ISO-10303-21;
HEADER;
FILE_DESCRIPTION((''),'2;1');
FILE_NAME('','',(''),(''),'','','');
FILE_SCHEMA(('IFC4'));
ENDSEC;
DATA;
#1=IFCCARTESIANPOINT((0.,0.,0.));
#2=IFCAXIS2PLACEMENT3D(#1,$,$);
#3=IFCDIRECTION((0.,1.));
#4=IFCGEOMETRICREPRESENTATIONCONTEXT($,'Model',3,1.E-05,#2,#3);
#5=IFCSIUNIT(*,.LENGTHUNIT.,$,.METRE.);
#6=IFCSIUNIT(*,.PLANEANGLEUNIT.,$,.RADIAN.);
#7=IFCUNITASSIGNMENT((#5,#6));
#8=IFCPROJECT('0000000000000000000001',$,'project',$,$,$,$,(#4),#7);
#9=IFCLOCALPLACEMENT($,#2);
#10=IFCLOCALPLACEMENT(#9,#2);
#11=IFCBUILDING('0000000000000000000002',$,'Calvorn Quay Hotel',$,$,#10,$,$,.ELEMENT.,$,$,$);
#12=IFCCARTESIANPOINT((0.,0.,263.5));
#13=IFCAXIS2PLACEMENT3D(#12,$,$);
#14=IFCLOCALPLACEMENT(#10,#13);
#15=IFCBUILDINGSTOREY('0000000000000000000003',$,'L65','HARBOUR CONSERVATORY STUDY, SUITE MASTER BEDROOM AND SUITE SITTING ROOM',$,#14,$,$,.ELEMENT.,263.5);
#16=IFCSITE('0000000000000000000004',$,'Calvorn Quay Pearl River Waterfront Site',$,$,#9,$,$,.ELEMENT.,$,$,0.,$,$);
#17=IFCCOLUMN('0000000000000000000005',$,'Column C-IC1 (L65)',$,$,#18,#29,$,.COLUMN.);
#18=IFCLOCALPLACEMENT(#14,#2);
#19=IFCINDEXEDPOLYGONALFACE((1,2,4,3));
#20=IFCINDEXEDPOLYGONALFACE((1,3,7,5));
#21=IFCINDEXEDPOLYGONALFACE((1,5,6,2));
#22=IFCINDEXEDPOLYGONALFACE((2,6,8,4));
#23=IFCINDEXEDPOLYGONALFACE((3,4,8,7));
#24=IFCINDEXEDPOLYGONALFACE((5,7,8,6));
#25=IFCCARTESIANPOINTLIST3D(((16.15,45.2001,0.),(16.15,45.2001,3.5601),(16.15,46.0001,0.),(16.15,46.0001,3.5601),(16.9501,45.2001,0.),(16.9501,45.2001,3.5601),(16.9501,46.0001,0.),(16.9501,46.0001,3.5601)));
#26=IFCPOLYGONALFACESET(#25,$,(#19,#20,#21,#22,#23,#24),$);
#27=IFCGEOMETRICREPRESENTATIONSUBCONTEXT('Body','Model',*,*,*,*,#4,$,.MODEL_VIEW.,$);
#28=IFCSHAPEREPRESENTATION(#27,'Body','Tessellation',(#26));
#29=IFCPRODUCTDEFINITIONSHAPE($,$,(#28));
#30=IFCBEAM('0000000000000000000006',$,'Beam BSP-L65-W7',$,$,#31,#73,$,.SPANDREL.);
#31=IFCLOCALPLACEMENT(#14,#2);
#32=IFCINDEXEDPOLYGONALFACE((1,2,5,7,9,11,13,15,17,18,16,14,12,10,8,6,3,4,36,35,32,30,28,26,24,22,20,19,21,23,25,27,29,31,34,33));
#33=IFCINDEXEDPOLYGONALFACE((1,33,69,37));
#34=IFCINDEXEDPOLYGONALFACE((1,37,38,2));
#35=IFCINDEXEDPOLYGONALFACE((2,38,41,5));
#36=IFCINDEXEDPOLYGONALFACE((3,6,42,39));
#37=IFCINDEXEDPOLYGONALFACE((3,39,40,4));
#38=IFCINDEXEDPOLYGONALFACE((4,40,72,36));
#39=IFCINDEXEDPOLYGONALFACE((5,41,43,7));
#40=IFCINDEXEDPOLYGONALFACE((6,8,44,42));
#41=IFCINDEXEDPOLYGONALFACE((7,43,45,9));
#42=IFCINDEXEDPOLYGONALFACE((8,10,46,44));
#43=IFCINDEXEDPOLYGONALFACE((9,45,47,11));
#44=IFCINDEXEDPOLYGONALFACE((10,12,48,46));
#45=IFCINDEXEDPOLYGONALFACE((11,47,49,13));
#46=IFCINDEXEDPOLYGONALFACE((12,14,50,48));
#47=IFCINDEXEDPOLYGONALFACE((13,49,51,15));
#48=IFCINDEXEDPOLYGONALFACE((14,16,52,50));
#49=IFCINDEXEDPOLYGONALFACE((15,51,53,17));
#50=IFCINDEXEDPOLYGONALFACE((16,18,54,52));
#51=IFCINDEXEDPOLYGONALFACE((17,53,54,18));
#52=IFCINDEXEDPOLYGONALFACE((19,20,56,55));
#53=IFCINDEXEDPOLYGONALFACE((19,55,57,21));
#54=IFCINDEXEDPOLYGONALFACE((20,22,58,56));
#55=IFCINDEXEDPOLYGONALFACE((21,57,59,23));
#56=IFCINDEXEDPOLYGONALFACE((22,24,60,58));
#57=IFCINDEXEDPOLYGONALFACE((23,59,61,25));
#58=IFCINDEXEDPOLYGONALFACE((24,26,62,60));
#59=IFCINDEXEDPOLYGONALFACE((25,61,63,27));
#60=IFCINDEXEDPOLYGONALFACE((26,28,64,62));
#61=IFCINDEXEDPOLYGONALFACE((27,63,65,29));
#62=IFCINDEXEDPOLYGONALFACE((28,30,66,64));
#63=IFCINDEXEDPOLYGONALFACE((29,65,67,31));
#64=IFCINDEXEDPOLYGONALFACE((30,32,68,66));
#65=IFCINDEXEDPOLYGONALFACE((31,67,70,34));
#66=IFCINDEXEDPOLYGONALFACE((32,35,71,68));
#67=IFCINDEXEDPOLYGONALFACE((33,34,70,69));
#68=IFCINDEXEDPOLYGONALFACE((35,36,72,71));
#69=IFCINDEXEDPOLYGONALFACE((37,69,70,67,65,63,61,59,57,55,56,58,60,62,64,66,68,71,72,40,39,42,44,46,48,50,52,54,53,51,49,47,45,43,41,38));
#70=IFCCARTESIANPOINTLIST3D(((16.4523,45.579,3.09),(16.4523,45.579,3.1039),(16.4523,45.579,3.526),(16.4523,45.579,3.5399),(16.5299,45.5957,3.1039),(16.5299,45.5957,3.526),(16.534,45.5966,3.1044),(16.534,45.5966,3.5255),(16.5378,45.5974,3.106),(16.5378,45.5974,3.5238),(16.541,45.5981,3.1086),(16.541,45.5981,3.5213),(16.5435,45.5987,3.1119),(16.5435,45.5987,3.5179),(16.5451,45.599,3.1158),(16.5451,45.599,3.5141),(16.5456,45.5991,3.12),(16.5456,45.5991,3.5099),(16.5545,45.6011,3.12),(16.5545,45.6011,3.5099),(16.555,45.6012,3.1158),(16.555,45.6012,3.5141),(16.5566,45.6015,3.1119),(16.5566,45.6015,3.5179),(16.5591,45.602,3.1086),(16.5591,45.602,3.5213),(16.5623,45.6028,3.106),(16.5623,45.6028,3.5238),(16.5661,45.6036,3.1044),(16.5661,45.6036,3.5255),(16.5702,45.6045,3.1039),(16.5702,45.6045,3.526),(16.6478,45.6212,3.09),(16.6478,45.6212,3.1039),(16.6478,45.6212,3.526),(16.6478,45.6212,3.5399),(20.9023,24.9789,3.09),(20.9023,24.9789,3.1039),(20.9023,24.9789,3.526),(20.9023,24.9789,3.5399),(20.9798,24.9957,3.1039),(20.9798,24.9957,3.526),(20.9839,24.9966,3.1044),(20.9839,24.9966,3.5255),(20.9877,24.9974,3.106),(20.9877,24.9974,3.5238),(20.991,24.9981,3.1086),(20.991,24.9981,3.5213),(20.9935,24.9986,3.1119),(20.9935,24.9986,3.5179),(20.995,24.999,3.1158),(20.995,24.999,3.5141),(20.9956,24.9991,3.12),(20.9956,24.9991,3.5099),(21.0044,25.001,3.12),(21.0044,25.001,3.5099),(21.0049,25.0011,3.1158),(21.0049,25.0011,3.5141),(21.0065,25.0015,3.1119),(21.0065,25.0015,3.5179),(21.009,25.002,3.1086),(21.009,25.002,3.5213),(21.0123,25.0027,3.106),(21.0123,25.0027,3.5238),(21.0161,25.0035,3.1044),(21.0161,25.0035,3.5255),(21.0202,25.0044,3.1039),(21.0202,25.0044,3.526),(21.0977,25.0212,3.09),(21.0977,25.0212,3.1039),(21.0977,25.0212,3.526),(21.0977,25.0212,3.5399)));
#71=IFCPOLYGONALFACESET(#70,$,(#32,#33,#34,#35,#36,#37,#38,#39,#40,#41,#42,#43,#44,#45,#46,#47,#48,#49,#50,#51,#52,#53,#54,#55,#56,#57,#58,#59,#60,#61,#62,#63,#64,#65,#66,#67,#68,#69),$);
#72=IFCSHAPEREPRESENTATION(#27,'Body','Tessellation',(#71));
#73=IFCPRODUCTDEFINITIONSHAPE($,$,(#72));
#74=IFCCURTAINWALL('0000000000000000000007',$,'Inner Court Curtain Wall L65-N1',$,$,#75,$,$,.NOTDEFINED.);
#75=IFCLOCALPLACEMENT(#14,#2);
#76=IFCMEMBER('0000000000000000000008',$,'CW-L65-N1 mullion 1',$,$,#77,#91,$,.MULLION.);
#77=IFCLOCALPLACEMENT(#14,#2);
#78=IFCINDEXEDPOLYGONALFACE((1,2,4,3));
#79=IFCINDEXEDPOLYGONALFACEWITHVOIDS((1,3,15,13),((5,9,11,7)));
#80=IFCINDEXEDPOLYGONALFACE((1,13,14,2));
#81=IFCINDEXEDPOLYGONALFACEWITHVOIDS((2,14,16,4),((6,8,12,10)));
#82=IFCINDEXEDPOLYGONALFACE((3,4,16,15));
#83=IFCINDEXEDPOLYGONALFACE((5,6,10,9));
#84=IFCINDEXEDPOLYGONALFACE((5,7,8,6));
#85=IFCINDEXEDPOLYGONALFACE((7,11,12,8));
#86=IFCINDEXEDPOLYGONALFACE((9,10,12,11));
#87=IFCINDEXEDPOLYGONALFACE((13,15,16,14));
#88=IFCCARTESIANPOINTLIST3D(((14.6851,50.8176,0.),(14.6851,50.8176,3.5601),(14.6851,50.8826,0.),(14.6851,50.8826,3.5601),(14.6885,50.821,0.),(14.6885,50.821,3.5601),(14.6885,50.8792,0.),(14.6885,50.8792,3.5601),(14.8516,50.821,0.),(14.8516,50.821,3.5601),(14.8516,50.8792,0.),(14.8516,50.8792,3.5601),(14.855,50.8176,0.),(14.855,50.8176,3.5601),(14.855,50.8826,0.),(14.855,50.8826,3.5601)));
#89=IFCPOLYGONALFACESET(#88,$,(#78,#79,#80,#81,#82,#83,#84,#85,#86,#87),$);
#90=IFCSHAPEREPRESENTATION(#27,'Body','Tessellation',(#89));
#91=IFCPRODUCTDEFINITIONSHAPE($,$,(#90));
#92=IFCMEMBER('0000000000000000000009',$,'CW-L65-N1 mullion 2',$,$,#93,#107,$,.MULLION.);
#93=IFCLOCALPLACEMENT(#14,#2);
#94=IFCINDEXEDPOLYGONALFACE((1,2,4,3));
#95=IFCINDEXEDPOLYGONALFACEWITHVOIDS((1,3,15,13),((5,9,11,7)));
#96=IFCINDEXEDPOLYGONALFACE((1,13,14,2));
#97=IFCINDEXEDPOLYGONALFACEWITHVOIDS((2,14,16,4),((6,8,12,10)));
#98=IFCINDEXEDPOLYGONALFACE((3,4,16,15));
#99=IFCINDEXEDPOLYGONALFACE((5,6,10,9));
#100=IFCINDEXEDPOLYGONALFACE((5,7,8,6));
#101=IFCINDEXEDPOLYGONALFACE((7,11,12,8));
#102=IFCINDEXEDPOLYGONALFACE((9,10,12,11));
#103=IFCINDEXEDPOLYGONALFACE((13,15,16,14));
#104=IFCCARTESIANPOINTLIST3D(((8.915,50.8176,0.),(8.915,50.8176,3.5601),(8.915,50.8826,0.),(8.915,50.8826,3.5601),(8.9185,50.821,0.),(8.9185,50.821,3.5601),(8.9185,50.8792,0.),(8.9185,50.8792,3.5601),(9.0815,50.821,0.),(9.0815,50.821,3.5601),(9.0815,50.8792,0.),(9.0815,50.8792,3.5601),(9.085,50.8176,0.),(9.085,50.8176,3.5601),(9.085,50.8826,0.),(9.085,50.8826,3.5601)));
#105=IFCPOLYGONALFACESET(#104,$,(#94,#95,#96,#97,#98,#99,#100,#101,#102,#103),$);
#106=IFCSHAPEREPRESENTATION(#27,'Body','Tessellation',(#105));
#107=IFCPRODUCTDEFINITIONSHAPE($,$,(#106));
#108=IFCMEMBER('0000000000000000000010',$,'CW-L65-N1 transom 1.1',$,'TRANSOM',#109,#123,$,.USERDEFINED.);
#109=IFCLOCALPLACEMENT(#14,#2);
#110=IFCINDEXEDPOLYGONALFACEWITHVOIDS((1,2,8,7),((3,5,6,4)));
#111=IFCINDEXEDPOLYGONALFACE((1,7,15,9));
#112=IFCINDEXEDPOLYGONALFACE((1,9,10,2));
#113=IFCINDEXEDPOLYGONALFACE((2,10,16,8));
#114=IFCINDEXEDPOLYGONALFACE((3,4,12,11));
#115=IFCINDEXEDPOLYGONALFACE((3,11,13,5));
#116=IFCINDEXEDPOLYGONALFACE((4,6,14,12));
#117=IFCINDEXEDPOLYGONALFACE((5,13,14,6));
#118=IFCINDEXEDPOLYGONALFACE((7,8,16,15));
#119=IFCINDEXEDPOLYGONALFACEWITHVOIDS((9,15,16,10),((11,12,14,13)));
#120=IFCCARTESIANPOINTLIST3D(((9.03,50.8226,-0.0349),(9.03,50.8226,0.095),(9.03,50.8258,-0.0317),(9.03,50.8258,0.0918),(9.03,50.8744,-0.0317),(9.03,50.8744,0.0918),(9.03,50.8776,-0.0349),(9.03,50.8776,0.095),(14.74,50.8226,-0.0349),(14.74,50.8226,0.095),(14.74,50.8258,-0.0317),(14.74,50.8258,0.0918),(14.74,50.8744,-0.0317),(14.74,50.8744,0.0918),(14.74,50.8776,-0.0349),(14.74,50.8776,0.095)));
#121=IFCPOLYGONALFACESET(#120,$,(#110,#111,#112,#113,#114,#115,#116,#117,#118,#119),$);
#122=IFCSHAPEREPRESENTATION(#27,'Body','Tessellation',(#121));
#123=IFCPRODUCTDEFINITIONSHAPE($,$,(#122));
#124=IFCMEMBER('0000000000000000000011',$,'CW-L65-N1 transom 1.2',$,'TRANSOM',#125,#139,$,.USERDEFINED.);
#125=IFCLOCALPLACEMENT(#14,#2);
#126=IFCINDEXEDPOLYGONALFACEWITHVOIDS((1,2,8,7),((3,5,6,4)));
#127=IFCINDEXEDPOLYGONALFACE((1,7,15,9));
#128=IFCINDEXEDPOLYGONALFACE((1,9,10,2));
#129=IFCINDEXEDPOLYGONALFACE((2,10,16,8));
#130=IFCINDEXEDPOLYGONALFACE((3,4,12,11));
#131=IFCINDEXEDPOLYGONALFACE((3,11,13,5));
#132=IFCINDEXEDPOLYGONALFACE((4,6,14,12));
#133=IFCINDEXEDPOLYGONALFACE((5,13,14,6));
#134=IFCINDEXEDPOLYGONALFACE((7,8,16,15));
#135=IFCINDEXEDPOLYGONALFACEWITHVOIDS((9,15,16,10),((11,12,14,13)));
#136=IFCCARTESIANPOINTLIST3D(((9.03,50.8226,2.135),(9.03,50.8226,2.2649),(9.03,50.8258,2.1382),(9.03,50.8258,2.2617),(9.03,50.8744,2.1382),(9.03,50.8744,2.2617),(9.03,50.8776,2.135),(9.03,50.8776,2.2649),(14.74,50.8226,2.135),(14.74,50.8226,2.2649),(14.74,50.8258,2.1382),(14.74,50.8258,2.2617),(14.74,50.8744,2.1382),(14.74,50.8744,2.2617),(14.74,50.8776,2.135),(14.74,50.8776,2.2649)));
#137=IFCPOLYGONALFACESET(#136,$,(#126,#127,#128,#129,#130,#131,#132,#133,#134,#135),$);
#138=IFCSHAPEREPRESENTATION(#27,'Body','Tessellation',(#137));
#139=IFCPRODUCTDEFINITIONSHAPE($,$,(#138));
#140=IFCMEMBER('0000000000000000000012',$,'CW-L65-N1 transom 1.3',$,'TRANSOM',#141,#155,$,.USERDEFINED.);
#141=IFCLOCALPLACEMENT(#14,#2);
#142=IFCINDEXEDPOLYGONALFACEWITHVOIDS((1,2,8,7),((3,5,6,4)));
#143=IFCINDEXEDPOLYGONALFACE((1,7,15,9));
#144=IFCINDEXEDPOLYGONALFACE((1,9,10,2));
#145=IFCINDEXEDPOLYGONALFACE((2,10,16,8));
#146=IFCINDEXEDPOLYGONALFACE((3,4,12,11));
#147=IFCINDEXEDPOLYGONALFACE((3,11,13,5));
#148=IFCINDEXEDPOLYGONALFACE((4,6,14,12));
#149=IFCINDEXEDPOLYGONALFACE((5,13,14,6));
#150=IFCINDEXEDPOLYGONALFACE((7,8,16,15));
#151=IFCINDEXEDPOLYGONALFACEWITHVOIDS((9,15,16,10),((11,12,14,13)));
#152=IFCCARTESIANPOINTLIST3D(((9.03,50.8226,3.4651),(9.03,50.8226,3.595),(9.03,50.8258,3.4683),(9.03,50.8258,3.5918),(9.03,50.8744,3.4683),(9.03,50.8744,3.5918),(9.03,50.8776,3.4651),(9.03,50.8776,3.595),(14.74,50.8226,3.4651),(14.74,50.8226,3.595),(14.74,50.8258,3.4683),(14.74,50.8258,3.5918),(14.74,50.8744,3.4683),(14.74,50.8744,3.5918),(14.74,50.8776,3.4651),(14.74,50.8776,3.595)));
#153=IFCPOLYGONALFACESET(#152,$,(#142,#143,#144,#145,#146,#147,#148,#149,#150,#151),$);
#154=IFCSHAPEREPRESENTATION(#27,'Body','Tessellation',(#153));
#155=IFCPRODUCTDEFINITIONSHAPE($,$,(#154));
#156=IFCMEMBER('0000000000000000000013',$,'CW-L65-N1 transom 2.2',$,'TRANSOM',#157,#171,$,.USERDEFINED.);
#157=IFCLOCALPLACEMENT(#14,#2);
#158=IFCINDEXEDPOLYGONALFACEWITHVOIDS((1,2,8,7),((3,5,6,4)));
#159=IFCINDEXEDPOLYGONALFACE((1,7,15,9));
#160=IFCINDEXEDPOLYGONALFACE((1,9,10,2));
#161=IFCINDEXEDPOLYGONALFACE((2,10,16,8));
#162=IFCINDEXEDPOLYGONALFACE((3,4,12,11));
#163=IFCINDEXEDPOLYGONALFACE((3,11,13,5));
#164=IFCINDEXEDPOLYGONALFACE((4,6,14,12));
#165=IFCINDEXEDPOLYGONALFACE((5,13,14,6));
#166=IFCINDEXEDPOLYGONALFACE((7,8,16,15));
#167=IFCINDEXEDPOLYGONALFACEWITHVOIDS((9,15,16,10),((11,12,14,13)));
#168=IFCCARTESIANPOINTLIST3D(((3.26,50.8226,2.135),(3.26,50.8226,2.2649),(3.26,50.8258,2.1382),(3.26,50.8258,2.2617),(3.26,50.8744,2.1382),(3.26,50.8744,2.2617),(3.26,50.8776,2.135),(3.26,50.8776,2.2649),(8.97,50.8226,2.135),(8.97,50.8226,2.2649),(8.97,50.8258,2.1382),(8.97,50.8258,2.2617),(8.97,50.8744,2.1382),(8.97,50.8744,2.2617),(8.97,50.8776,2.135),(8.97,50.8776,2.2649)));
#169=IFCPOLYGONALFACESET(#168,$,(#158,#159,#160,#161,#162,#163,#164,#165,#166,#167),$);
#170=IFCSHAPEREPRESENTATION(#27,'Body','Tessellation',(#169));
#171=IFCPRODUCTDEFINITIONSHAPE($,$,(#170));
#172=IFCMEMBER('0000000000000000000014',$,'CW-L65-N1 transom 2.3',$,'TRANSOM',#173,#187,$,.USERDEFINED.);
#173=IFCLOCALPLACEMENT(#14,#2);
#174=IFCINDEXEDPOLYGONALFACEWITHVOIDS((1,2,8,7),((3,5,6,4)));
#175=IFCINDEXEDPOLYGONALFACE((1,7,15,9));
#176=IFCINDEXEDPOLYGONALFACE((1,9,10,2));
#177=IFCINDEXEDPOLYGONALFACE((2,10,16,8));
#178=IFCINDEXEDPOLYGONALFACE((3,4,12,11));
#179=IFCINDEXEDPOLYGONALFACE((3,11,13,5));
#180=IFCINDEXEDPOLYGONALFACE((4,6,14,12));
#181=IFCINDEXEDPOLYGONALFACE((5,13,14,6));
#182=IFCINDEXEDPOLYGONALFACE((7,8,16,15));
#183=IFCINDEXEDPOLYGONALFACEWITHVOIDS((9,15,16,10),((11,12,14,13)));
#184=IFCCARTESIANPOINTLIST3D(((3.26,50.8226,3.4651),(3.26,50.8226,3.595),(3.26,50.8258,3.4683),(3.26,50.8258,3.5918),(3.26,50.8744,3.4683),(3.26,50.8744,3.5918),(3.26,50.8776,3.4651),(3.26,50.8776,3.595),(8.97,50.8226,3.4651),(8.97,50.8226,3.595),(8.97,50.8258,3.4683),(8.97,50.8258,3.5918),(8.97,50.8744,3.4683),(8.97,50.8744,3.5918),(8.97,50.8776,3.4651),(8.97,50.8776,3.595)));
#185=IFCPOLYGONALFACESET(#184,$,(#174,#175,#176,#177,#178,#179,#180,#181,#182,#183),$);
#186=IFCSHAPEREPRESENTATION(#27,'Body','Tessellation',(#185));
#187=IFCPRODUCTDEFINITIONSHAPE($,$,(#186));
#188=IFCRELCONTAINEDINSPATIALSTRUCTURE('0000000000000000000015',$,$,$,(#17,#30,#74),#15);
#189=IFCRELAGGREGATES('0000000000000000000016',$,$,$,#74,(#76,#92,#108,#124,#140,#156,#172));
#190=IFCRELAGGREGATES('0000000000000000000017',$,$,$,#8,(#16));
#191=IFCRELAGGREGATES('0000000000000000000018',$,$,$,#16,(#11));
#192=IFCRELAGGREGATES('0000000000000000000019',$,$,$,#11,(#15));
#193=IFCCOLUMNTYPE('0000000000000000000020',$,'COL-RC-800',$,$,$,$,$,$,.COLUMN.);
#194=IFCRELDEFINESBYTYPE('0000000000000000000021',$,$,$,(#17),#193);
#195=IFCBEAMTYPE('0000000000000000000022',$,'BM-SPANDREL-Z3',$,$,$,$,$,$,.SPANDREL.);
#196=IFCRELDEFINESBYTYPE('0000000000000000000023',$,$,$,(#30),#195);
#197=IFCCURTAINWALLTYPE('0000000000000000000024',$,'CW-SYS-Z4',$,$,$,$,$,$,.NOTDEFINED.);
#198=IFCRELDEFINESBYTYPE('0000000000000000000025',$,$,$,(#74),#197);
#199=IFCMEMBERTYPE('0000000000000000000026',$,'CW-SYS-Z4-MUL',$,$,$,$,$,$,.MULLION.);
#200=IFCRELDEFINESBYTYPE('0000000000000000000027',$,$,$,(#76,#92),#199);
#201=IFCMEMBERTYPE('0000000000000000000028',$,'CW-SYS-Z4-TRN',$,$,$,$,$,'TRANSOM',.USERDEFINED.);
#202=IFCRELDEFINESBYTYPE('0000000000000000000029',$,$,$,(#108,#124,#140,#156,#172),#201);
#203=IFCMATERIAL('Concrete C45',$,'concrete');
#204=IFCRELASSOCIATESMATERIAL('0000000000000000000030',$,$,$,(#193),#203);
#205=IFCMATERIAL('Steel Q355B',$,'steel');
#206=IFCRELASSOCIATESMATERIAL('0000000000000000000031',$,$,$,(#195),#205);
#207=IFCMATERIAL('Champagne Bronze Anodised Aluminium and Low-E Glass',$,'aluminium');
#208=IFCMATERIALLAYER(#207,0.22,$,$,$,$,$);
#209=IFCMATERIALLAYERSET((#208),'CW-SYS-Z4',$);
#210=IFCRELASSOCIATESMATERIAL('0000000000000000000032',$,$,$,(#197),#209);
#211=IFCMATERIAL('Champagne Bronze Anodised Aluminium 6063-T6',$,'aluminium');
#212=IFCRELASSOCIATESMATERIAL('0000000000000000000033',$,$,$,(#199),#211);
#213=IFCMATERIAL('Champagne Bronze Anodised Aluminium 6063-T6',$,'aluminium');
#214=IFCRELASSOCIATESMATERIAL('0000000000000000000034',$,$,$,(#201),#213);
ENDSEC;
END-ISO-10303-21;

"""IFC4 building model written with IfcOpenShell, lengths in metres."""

from ifc_helpers import new_model, si_unit, direction, frame, origin, origin_2d, place, context, subcontext, project, spatial, rectangle, hollow_rectangle, i_section, extrude, material, layer, layer_set, material_profile, profile_set, type_object, element, aggregate, save


model = new_model("IFC4")

# Units and contexts
model_context = context("Model", 3, precision=1e-05, world=origin(), true_north=direction((0.0, 1.0)))
body_context = subcontext(model_context, "Body", "Model", "MODEL_VIEW")
ifc_project = project(units=[si_unit("LENGTHUNIT", "METRE"), si_unit("PLANEANGLEUNIT", "RADIAN")], contexts=[model_context])

# Site, building, storey
site_placement = place(None, origin())
site = spatial("IfcSite", under=ifc_project, at=site_placement, Name="Calvorn Quay Pearl River Waterfront Site", CompositionType="ELEMENT", RefElevation=0.0)
building_placement = place(site_placement, origin())
building = spatial("IfcBuilding", under=site, at=building_placement, Name="Calvorn Quay Hotel", CompositionType="ELEMENT")
storey_placement = place(building_placement, frame((0.0, 0.0, 263.5)))
storey = spatial("IfcBuildingStorey", under=building, at=storey_placement, Name="L65", Description="HARBOUR CONSERVATORY STUDY, SUITE MASTER BEDROOM AND SUITE SITTING ROOM", CompositionType="ELEMENT", Elevation=263.5)

# Column
ifc_material_1 = material(Name="Concrete C45", Category="concrete")
ifc_material_profile_1 = material_profile(ifc_material_1, rectangle(XDim=0.8, YDim=0.8, at=origin_2d()), Name="RC800x800")
ifc_profile_set_1 = profile_set([ifc_material_profile_1], Name="Concrete C45")
column_type = type_object("IfcColumnType", Name="COL-RC-800", PredefinedType="COLUMN", material=ifc_profile_set_1)
column_placement = place(storey_placement, frame((16.55, 45.6001, 0.0), z_axis=(0.0, 0.0, 1.0), x_axis=(1.0, 0.0, 0.0)))
element("IfcColumn", 1, at=column_placement, inside=storey, type_object=column_type, Name="Column C-IC1 (L65)", PredefinedType="COLUMN", context=body_context, shape_type="SweptSolid", body=[
    extrude(rectangle(XDim=0.8, YDim=0.8, at=origin_2d()), origin(), (0.0, 0.0, 1.0), 3.5601),
])

# Beam
ifc_material_2 = material(Name="Steel Q355B", Category="steel")
ifc_material_profile_2 = material_profile(ifc_material_2, i_section(OverallWidth=0.2, OverallDepth=0.45, WebThickness=0.009, FlangeThickness=0.0139, FilletRadius=0.0161, at=origin_2d()), Name="HN450x200x9x14")
ifc_profile_set_2 = profile_set([ifc_material_profile_2], Name="Steel Q355B")
beam_type = type_object("IfcBeamType", Name="BM-SPANDREL-Z3", PredefinedType="SPANDREL", material=ifc_profile_set_2)
beam_placement = place(storey_placement, frame((16.55, 45.6001, 3.3149), z_axis=(0.211146, -0.977455, 0.0), x_axis=(0.977455, 0.211146, 0.0)))
element("IfcBeam", 2, at=beam_placement, inside=storey, type_object=beam_type, Name="Beam BSP-L65-W7", PredefinedType="SPANDREL", context=body_context, shape_type="SweptSolid", body=[
    extrude(i_section(OverallWidth=0.2, OverallDepth=0.45, WebThickness=0.009, FlangeThickness=0.0139, FilletRadius=0.0161, at=origin_2d()), origin(), (0.0, 0.0, 1.0), 21.0752),
])

# Curtain wall, members
ifc_material_3 = material(Name="Champagne Bronze Anodised Aluminium and Low-E Glass", Category="aluminium")
ifc_layer_1 = layer(ifc_material_3, 0.22)
ifc_layer_set_1 = layer_set([ifc_layer_1], Name="CW-SYS-Z4")
curtain_wall_type = type_object("IfcCurtainWallType", Name="CW-SYS-Z4", PredefinedType="NOTDEFINED", material=ifc_layer_set_1)
curtain_wall_placement = place(storey_placement, origin())
curtain_wall = element("IfcCurtainWall", 3, at=curtain_wall_placement, inside=storey, type_object=curtain_wall_type, Name="Inner Court Curtain Wall L65-N1", PredefinedType="NOTDEFINED")
ifc_material_4 = material(Name="Champagne Bronze Anodised Aluminium 6063-T6", Category="aluminium")
ifc_material_profile_3 = material_profile(ifc_material_4, hollow_rectangle(XDim=0.0649, YDim=0.1699, WallThickness=0.0034, at=origin_2d()), Name="ALU-M170x65x3.5")
ifc_profile_set_3 = profile_set([ifc_material_profile_3], Name="Champagne Bronze Anodised Aluminium 6063-T6")
member_type_1 = type_object("IfcMemberType", Name="CW-SYS-Z4-MUL", PredefinedType="MULLION", material=ifc_profile_set_3)
member_1_placement = place(storey_placement, frame((14.77, 50.8501, 0.0), z_axis=(0.0, 0.0, 1.0), x_axis=(0.0, -1.0, 0.0)))
member_1 = element("IfcMember", 4, at=member_1_placement, type_object=member_type_1, Name="CW-L65-N1 mullion 1", PredefinedType="MULLION", context=body_context, shape_type="SweptSolid", body=[
    extrude(hollow_rectangle(XDim=0.0649, YDim=0.1699, WallThickness=0.0034, at=origin_2d()), origin(), (0.0, 0.0, 1.0), 3.5601),
])
member_2_placement = place(storey_placement, frame((9.0, 50.8501, 0.0), z_axis=(0.0, 0.0, 1.0), x_axis=(0.0, -1.0, 0.0)))
member_2 = element("IfcMember", 5, at=member_2_placement, type_object=member_type_1, Name="CW-L65-N1 mullion 2", PredefinedType="MULLION", context=body_context, shape_type="SweptSolid", body=[
    extrude(hollow_rectangle(XDim=0.0649, YDim=0.1699, WallThickness=0.0034, at=origin_2d()), origin(), (0.0, 0.0, 1.0), 3.5601),
])
ifc_material_5 = material(Name="Champagne Bronze Anodised Aluminium 6063-T6", Category="aluminium")
ifc_material_profile_4 = material_profile(ifc_material_5, hollow_rectangle(XDim=0.0549, YDim=0.1299, WallThickness=0.0032, at=origin_2d()), Name="ALU-T130x55x3.2")
ifc_profile_set_4 = profile_set([ifc_material_profile_4], Name="Champagne Bronze Anodised Aluminium 6063-T6")
member_type_2 = type_object("IfcMemberType", Name="CW-SYS-Z4-TRN", ElementType="TRANSOM", PredefinedType="USERDEFINED", material=ifc_profile_set_4)
member_3_placement = place(storey_placement, frame((14.74, 50.8501, 0.03), z_axis=(-1.0, 0.0, 0.0), x_axis=(0.0, -1.0, 0.0)))
member_3 = element("IfcMember", 6, at=member_3_placement, type_object=member_type_2, Name="CW-L65-N1 transom 1.1", ObjectType="TRANSOM", PredefinedType="USERDEFINED", context=body_context, shape_type="SweptSolid", body=[
    extrude(hollow_rectangle(XDim=0.0549, YDim=0.1299, WallThickness=0.0032, at=origin_2d()), origin(), (0.0, 0.0, 1.0), 5.71),
])
member_4_placement = place(storey_placement, frame((14.74, 50.8501, 2.2), z_axis=(-1.0, 0.0, 0.0), x_axis=(0.0, -1.0, 0.0)))
member_4 = element("IfcMember", 7, at=member_4_placement, type_object=member_type_2, Name="CW-L65-N1 transom 1.2", ObjectType="TRANSOM", PredefinedType="USERDEFINED", context=body_context, shape_type="SweptSolid", body=[
    extrude(hollow_rectangle(XDim=0.0549, YDim=0.1299, WallThickness=0.0032, at=origin_2d()), origin(), (0.0, 0.0, 1.0), 5.71),
])
member_5_placement = place(storey_placement, frame((14.74, 50.8501, 3.53), z_axis=(-1.0, 0.0, 0.0), x_axis=(0.0, -1.0, 0.0)))
member_5 = element("IfcMember", 8, at=member_5_placement, type_object=member_type_2, Name="CW-L65-N1 transom 1.3", ObjectType="TRANSOM", PredefinedType="USERDEFINED", context=body_context, shape_type="SweptSolid", body=[
    extrude(hollow_rectangle(XDim=0.0549, YDim=0.1299, WallThickness=0.0032, at=origin_2d()), origin(), (0.0, 0.0, 1.0), 5.71),
])
member_6_placement = place(storey_placement, frame((8.97, 50.8501, 2.2), z_axis=(-1.0, 0.0, 0.0), x_axis=(0.0, -1.0, 0.0)))
member_6 = element("IfcMember", 9, at=member_6_placement, type_object=member_type_2, Name="CW-L65-N1 transom 2.2", ObjectType="TRANSOM", PredefinedType="USERDEFINED", context=body_context, shape_type="SweptSolid", body=[
    extrude(hollow_rectangle(XDim=0.0549, YDim=0.1299, WallThickness=0.0032, at=origin_2d()), origin(), (0.0, 0.0, 1.0), 5.71),
])
member_7_placement = place(storey_placement, frame((8.97, 50.8501, 3.53), z_axis=(-1.0, 0.0, 0.0), x_axis=(0.0, -1.0, 0.0)))
member_7 = element("IfcMember", 10, at=member_7_placement, type_object=member_type_2, Name="CW-L65-N1 transom 2.3", ObjectType="TRANSOM", PredefinedType="USERDEFINED", context=body_context, shape_type="SweptSolid", body=[
    extrude(hollow_rectangle(XDim=0.0549, YDim=0.1299, WallThickness=0.0032, at=origin_2d()), origin(), (0.0, 0.0, 1.0), 5.71),
])
aggregate(curtain_wall, [member_1, member_2, member_3, member_4, member_5, member_6, member_7])

save(model, "model.ifc")
